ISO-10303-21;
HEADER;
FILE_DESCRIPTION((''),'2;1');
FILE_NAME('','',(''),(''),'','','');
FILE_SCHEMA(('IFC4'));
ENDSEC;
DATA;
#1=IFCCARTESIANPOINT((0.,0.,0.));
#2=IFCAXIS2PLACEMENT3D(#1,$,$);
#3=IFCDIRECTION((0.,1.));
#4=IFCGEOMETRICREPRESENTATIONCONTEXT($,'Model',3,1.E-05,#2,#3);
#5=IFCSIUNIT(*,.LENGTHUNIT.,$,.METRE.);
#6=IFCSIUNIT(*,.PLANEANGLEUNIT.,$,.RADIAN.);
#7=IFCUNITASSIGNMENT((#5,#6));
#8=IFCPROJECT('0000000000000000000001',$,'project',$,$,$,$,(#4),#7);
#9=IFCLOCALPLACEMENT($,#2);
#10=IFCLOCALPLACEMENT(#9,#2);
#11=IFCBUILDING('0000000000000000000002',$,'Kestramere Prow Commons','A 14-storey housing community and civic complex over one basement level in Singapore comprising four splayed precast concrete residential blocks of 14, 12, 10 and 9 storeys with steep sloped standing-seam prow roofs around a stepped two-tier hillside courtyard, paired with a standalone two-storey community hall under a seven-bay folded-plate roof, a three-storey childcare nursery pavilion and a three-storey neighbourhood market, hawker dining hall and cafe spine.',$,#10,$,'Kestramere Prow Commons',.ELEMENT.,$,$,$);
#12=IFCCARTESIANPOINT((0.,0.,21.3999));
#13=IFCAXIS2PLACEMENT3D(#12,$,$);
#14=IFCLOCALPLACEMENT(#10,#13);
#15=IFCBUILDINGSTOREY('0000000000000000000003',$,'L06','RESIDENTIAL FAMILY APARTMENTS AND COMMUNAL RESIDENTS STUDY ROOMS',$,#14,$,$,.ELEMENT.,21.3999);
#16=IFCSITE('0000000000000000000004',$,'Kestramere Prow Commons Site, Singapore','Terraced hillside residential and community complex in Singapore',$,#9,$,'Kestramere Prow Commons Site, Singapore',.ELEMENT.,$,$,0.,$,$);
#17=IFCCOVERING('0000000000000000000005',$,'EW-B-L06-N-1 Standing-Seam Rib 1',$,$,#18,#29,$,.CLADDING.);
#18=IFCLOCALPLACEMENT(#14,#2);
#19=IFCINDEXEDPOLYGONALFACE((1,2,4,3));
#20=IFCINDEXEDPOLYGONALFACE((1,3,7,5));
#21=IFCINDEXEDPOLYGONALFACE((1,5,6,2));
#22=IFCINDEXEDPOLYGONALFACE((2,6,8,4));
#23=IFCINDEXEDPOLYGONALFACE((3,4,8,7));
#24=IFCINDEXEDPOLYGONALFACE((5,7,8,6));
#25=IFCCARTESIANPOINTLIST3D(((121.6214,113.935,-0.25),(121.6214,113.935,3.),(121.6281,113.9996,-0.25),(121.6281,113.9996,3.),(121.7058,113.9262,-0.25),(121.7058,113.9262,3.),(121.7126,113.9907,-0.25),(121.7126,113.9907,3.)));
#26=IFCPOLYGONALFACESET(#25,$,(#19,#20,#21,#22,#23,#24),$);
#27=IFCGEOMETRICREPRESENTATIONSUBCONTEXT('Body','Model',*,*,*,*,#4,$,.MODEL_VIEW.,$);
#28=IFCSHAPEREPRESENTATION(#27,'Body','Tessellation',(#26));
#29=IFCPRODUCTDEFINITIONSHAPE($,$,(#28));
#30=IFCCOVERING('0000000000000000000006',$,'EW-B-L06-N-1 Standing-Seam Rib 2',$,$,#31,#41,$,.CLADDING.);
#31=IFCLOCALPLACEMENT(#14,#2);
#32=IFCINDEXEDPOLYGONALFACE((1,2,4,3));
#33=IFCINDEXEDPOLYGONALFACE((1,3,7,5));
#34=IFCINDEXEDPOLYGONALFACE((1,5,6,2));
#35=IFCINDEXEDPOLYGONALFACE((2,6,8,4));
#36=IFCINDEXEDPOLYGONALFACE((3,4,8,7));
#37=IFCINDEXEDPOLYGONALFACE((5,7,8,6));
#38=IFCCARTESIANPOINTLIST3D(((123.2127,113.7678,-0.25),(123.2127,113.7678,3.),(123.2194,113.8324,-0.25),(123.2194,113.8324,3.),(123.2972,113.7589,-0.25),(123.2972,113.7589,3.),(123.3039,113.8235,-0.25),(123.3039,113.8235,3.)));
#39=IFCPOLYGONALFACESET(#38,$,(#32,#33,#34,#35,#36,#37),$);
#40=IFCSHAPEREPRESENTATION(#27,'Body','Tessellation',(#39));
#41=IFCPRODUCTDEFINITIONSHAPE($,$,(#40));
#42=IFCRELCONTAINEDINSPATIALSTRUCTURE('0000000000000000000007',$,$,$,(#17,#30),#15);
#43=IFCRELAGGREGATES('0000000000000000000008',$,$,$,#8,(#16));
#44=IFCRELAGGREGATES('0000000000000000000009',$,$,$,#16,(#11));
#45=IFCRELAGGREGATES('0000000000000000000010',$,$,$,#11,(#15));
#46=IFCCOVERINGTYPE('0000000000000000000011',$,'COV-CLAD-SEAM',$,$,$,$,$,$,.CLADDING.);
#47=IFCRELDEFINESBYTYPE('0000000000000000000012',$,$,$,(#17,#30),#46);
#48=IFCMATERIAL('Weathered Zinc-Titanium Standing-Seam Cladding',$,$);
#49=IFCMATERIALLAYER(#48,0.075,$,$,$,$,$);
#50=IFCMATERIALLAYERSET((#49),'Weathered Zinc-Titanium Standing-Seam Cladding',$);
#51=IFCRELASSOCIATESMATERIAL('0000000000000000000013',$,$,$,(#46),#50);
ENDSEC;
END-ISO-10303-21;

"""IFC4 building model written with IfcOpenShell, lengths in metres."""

from ifc_helpers import new_model, si_unit, direction, frame, origin, origin_2d, place, context, subcontext, project, spatial, rectangle, extrude, material, layer, layer_set, type_object, element, save


model = new_model("IFC4")

# Units and contexts
model_context = context("Model", 3, precision=1e-05, world=origin(), true_north=direction((0.0, 1.0)))
body_context = subcontext(model_context, "Body", "Model", "MODEL_VIEW")
ifc_project = project(units=[si_unit("LENGTHUNIT", "METRE"), si_unit("PLANEANGLEUNIT", "RADIAN")], contexts=[model_context])

# Site, building, storey
site_placement = place(None, origin())
site = spatial("IfcSite", under=ifc_project, at=site_placement, Name="Kestramere Prow Commons Site, Singapore", Description="Terraced hillside residential and community complex in Singapore", LongName="Kestramere Prow Commons Site, Singapore", CompositionType="ELEMENT", RefElevation=0.0)
building_placement = place(site_placement, origin())
building = spatial("IfcBuilding", under=site, at=building_placement, Name="Kestramere Prow Commons", Description="A 14-storey housing community and civic complex over one basement level in Singapore comprising four splayed precast concrete residential blocks of 14, 12, 10 and 9 storeys with steep sloped standing-seam prow roofs around a stepped two-tier hillside courtyard, paired with a standalone two-storey community hall under a seven-bay folded-plate roof, a three-storey childcare nursery pavilion and a three-storey neighbourhood market, hawker dining hall and cafe spine.", LongName="Kestramere Prow Commons", CompositionType="ELEMENT")
storey_placement = place(building_placement, frame((0.0, 0.0, 21.3999)))
storey = spatial("IfcBuildingStorey", under=building, at=storey_placement, Name="L06", Description="RESIDENTIAL FAMILY APARTMENTS AND COMMUNAL RESIDENTS STUDY ROOMS", CompositionType="ELEMENT", Elevation=21.3999)

# Coverings
ifc_material_1 = material(Name="Weathered Zinc-Titanium Standing-Seam Cladding")
ifc_layer_1 = layer(ifc_material_1, 0.075)
ifc_layer_set_1 = layer_set([ifc_layer_1], Name="Weathered Zinc-Titanium Standing-Seam Cladding")
covering_type = type_object("IfcCoveringType", Name="COV-CLAD-SEAM", PredefinedType="CLADDING", material=ifc_layer_set_1)
for number, where, z_axis, x_axis, name in (
    (1, (121.667, 113.9629, -0.25), (0.0, 0.0, 1.0), (0.994522, -0.104528, 0.0), "EW-B-L06-N-1 Standing-Seam Rib 1"),
    (2, (123.2583, 113.7957, -0.25), (0.0, 0.0, 1.0), (0.994522, -0.104528, 0.0), "EW-B-L06-N-1 Standing-Seam Rib 2"),
):
    element("IfcCovering", number, at=place(storey_placement, frame(where, z_axis=z_axis, x_axis=x_axis)), inside=storey, type_object=covering_type, Name=name, PredefinedType="CLADDING", context=body_context, shape_type="SweptSolid", body=[
        extrude(rectangle(XDim=0.085, YDim=0.0649, at=origin_2d()), origin(), (0.0, 0.0, 1.0), 3.25),
    ])

save(model, "model.ifc")
